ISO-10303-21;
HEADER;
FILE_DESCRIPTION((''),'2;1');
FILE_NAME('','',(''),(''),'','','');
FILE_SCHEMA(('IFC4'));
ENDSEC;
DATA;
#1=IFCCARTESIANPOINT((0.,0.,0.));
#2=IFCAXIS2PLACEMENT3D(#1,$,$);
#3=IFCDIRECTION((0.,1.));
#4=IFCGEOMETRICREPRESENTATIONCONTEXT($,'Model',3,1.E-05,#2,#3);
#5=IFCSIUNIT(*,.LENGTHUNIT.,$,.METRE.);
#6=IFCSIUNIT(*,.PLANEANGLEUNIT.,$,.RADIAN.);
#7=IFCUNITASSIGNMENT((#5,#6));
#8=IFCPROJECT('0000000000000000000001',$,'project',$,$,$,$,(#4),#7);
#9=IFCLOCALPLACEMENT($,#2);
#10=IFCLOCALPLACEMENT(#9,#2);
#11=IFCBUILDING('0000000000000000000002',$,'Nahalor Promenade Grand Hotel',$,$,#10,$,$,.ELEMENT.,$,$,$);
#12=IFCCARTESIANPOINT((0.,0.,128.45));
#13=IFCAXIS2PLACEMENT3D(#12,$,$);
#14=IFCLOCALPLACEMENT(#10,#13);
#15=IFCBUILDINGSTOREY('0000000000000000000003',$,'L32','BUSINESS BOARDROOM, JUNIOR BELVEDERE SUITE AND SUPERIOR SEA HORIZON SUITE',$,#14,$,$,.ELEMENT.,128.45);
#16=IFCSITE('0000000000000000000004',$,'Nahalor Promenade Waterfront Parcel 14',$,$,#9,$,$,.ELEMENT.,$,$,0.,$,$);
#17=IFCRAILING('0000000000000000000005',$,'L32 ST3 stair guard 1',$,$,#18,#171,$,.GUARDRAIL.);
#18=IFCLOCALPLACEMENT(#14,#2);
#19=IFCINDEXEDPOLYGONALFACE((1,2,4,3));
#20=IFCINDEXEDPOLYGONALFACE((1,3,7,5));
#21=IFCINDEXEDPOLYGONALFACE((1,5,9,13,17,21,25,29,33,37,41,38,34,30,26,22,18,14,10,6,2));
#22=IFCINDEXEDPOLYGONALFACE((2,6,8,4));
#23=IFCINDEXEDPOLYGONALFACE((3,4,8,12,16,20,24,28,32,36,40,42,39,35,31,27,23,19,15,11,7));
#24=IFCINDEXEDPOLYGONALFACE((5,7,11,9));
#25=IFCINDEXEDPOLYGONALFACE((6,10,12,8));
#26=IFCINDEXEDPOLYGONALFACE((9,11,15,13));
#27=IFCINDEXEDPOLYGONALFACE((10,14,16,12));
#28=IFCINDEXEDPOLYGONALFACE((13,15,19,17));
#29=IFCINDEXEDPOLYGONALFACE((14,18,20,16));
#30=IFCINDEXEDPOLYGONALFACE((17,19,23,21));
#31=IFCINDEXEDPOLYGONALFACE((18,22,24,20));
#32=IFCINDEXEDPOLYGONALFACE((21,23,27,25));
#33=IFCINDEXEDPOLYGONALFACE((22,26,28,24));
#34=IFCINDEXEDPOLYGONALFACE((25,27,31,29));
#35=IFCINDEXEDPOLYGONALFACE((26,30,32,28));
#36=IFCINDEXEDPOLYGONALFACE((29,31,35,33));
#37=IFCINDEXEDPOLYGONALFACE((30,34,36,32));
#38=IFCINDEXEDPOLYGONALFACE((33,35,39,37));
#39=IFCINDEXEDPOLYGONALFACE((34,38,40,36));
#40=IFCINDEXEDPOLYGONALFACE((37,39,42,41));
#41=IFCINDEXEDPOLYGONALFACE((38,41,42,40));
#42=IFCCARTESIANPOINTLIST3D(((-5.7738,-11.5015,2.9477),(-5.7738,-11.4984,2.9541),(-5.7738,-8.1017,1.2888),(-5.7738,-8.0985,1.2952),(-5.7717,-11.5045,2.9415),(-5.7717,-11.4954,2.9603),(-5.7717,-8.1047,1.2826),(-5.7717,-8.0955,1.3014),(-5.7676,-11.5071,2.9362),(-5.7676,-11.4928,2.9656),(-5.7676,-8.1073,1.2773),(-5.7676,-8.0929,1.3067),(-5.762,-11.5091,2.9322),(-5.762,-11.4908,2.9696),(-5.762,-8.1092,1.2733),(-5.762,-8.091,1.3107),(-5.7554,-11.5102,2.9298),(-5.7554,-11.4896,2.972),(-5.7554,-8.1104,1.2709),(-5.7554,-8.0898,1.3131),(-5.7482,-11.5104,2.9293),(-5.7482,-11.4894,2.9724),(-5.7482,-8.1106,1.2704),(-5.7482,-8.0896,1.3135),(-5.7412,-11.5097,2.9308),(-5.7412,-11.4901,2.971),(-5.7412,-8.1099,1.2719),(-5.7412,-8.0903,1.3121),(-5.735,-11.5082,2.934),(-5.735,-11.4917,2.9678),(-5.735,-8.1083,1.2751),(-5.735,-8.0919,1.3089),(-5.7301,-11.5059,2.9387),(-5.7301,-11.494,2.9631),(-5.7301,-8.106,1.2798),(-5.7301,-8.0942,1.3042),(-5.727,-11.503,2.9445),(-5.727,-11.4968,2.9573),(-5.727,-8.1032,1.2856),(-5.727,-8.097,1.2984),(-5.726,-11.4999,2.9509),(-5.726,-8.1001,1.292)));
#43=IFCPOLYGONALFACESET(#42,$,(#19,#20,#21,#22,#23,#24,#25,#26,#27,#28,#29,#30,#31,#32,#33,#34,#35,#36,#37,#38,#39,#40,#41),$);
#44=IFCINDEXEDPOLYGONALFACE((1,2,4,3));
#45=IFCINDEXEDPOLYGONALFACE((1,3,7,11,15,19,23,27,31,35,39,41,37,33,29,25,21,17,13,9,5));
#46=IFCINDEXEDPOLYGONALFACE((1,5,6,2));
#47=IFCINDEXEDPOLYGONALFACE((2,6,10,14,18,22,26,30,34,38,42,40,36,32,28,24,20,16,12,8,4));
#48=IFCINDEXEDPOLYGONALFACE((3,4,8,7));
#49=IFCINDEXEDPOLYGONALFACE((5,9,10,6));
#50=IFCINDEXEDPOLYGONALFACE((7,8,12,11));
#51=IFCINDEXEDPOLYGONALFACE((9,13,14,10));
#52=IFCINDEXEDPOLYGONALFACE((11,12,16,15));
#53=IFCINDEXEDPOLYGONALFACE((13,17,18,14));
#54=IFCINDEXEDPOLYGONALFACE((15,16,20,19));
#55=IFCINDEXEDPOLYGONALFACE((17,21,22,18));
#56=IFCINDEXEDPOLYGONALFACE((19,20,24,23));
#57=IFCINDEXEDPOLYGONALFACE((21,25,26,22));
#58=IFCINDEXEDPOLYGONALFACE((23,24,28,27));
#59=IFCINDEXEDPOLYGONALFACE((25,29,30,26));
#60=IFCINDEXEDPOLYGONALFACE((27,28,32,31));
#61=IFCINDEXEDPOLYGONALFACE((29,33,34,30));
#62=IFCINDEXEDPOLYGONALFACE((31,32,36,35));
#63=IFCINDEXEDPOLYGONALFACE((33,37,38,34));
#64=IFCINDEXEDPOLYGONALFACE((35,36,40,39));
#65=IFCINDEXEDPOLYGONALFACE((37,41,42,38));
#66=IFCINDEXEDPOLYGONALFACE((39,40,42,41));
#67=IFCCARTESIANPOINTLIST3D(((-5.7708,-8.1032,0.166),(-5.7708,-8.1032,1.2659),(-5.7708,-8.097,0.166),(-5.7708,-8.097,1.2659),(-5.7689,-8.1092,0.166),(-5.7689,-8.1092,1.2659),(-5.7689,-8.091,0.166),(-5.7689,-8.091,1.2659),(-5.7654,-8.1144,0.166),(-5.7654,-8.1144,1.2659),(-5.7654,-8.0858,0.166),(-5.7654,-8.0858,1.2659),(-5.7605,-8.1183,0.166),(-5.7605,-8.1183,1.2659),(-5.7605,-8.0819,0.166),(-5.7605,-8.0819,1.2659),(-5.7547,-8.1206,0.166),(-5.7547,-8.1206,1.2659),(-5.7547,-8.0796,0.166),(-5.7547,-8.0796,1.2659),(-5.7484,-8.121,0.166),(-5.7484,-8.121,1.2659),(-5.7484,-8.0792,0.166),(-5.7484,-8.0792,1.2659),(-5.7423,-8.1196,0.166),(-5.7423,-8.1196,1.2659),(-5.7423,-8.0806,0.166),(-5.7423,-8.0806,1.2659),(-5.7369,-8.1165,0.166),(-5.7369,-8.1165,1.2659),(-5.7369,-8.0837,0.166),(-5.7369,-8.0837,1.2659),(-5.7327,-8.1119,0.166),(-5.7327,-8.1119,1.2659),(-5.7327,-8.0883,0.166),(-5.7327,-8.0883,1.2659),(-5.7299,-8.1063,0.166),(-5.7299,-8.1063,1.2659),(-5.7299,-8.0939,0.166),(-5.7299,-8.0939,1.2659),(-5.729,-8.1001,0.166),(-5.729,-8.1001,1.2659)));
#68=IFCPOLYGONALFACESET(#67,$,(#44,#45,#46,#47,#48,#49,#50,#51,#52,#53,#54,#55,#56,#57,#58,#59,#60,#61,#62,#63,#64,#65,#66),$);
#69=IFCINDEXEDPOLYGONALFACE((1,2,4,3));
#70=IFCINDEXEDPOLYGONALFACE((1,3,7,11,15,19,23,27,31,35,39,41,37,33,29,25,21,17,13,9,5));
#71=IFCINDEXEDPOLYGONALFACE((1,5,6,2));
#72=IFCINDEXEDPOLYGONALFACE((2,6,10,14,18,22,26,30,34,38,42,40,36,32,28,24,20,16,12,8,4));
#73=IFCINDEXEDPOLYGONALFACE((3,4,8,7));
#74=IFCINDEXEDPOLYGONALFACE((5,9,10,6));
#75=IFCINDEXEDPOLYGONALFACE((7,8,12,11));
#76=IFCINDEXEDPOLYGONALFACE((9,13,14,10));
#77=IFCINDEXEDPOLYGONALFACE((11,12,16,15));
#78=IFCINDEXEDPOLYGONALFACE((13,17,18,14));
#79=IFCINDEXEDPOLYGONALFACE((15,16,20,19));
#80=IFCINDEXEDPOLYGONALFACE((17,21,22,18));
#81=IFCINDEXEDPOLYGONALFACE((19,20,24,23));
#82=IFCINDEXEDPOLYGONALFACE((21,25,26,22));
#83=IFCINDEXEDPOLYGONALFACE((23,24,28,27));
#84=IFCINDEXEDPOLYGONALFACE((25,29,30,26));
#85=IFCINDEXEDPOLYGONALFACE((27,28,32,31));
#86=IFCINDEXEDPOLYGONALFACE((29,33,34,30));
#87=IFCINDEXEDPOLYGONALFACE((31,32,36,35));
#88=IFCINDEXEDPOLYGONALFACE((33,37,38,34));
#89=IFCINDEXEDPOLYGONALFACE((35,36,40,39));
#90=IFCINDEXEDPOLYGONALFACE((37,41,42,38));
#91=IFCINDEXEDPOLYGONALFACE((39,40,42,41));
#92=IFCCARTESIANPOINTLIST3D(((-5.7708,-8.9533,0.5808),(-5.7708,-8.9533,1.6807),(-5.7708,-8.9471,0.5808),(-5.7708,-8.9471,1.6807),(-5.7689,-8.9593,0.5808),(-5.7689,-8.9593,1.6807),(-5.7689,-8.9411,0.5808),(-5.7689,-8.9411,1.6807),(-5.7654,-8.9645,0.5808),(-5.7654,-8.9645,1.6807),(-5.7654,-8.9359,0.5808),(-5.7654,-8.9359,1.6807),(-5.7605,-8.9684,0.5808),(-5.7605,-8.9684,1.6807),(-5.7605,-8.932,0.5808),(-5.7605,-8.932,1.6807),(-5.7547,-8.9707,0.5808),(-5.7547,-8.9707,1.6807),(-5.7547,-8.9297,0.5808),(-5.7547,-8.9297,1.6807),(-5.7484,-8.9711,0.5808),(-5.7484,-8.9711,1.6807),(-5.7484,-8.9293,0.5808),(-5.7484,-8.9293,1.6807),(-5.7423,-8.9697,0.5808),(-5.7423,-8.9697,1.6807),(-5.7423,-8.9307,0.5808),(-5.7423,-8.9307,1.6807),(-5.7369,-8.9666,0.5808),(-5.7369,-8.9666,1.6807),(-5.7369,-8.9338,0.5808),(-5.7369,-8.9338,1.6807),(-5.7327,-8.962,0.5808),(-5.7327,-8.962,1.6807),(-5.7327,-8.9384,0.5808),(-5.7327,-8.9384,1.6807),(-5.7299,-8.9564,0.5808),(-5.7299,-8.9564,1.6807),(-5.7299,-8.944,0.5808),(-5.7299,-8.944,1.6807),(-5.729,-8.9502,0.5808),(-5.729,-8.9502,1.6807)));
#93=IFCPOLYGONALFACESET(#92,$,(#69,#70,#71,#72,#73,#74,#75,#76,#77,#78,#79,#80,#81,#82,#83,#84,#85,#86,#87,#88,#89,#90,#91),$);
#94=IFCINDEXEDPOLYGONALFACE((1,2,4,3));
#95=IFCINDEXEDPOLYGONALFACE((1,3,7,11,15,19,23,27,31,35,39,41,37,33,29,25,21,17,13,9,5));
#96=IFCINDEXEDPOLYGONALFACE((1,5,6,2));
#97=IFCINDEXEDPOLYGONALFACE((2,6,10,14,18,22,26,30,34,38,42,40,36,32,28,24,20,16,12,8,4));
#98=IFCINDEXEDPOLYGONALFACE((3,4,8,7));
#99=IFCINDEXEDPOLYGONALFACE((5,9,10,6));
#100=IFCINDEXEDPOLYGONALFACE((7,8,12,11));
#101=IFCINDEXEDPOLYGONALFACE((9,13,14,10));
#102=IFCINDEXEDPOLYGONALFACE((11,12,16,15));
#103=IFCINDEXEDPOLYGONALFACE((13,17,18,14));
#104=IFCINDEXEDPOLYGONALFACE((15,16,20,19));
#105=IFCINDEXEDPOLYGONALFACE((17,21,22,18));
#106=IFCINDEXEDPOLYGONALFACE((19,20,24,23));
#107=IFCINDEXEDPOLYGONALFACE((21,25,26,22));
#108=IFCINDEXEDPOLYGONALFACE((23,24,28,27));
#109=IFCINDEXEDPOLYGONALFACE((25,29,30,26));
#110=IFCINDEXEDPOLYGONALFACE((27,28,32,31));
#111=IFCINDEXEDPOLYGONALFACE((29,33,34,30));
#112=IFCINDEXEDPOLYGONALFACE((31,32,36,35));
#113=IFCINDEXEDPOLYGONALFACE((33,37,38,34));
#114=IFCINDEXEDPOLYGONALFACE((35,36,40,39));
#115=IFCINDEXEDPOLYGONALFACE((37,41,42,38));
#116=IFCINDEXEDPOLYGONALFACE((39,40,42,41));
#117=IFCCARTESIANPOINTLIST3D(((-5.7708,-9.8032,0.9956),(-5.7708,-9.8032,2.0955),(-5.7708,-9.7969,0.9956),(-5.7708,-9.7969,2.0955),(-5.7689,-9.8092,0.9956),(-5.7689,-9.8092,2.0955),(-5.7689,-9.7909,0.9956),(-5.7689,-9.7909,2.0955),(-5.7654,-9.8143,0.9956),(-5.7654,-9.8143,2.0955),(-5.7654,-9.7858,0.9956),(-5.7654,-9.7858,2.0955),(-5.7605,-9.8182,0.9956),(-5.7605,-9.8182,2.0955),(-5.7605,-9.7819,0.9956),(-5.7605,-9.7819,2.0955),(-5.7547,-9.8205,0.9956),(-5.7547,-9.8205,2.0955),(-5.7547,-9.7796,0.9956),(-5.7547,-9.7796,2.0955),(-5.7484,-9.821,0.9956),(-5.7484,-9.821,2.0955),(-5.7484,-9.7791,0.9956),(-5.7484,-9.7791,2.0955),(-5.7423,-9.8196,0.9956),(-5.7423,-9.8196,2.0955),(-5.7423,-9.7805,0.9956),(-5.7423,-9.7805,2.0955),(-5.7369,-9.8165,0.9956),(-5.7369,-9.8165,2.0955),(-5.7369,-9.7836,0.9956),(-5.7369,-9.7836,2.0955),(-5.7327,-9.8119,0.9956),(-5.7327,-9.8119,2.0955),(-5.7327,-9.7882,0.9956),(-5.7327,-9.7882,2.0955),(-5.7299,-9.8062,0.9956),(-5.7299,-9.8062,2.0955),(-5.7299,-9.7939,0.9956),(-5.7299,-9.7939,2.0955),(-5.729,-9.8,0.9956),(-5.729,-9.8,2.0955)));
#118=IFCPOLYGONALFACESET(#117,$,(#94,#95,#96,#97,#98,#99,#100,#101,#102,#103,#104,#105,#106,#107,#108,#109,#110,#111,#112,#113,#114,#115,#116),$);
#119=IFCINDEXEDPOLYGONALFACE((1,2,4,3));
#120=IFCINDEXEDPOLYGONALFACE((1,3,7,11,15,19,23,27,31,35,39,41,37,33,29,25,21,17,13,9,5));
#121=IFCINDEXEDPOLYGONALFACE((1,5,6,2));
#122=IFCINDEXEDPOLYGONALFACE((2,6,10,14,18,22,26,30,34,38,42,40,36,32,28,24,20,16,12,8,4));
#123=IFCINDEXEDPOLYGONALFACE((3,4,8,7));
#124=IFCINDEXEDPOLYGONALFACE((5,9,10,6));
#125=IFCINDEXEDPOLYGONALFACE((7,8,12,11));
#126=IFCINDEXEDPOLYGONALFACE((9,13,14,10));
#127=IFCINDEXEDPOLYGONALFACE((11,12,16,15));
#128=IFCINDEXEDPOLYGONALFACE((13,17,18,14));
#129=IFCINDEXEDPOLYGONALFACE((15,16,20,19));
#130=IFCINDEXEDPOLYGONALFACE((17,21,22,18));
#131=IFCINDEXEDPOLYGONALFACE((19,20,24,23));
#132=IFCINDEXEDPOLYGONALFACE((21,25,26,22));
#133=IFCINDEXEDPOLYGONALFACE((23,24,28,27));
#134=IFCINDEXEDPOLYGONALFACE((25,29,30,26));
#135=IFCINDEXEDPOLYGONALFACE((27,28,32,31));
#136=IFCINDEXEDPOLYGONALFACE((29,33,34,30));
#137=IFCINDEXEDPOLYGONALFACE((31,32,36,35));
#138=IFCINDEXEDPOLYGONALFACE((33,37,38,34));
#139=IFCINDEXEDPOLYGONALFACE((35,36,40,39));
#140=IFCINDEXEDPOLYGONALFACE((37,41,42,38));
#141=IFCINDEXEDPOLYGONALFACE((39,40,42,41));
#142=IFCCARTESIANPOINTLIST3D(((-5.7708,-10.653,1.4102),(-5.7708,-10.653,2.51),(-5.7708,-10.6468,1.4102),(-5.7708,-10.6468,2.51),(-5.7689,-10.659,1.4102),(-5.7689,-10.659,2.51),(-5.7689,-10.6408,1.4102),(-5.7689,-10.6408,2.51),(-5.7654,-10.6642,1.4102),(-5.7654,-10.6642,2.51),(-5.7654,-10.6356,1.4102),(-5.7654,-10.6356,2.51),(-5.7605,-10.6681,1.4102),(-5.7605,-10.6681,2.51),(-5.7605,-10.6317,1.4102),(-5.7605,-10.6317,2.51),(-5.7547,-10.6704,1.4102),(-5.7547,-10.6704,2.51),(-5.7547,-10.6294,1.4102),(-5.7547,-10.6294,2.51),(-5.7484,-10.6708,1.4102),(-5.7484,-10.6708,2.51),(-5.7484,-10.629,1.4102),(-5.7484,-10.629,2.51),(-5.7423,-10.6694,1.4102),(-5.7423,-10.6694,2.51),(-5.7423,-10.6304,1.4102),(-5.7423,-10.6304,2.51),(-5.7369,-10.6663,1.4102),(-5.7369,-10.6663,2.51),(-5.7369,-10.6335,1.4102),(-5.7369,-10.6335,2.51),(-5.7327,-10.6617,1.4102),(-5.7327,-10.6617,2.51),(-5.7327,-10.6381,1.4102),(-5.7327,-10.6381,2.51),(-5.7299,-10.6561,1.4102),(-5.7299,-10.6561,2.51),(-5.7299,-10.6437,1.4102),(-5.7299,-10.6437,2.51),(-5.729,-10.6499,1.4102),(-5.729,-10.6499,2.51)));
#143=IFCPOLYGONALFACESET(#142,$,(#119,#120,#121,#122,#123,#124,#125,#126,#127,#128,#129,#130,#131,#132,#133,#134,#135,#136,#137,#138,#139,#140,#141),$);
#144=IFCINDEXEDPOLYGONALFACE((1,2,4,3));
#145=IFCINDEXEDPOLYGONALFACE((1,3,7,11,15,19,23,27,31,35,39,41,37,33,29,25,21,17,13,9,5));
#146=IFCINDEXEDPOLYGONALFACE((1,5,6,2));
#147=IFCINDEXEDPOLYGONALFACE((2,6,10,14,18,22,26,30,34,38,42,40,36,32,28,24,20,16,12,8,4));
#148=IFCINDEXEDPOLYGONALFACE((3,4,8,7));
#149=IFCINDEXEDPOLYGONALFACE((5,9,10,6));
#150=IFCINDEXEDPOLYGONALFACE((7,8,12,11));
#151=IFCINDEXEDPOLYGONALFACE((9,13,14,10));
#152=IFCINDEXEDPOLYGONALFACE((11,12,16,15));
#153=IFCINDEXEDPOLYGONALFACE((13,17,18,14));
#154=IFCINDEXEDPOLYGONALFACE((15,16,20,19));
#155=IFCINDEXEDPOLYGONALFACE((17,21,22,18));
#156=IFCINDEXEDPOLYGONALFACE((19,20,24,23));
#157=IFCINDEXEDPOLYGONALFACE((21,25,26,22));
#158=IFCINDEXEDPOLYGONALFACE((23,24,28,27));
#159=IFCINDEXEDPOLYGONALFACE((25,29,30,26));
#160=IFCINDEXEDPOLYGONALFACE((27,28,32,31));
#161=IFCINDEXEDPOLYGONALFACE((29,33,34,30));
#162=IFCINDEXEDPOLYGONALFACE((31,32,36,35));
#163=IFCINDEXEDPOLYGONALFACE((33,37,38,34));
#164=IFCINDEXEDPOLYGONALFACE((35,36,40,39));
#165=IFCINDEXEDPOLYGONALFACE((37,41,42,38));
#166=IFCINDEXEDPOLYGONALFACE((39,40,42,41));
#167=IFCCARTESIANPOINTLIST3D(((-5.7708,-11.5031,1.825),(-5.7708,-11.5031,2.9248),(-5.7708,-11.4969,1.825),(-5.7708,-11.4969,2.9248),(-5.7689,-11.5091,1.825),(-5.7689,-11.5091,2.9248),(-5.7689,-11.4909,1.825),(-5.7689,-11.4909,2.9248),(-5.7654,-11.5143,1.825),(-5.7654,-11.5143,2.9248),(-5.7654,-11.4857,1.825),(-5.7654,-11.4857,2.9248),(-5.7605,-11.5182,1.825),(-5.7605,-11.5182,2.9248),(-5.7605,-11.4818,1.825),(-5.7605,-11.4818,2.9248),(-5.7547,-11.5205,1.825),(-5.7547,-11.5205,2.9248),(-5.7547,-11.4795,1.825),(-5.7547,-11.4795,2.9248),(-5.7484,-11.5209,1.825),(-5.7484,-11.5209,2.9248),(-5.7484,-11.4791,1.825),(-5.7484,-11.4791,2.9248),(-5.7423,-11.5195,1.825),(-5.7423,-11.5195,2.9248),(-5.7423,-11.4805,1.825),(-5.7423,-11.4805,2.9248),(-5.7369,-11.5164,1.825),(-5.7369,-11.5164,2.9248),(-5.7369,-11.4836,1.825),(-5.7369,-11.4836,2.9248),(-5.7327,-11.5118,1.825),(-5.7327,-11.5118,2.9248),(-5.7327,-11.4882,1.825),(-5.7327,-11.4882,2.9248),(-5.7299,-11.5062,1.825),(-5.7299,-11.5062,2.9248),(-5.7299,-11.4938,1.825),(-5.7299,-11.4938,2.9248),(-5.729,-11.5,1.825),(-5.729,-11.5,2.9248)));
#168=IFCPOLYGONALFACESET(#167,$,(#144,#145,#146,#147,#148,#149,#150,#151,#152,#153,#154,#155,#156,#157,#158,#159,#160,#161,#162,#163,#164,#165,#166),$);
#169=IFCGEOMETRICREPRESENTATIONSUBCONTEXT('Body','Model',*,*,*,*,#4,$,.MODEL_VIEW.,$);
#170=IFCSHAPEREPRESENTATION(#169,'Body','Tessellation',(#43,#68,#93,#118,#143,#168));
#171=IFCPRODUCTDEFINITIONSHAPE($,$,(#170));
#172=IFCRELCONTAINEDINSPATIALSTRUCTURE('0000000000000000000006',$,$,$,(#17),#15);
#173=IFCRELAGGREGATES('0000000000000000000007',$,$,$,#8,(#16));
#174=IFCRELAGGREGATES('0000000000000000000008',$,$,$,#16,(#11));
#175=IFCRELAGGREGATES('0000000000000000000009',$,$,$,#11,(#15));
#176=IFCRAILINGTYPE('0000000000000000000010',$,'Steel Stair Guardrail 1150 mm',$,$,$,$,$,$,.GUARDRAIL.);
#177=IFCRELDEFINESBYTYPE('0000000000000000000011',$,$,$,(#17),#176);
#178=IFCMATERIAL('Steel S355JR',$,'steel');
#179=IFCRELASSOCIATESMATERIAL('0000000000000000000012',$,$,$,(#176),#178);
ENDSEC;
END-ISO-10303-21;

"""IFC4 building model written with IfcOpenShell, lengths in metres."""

from ifc_helpers import new_model, si_unit, direction, frame, origin, origin_2d, place, context, subcontext, project, spatial, circle, extrude, material, type_object, element, save


model = new_model("IFC4")

# Units and contexts
model_context = context("Model", 3, precision=1e-05, world=origin(), true_north=direction((0.0, 1.0)))
body_context = subcontext(model_context, "Body", "Model", "MODEL_VIEW")
ifc_project = project(units=[si_unit("LENGTHUNIT", "METRE"), si_unit("PLANEANGLEUNIT", "RADIAN")], contexts=[model_context])

# Site, building, storey
site_placement = place(None, origin())
site = spatial("IfcSite", under=ifc_project, at=site_placement, Name="Nahalor Promenade Waterfront Parcel 14", CompositionType="ELEMENT", RefElevation=0.0)
building_placement = place(site_placement, origin())
building = spatial("IfcBuilding", under=site, at=building_placement, Name="Nahalor Promenade Grand Hotel", CompositionType="ELEMENT")
storey_placement = place(building_placement, frame((0.0, 0.0, 128.45)))
storey = spatial("IfcBuildingStorey", under=building, at=storey_placement, Name="L32", Description="BUSINESS BOARDROOM, JUNIOR BELVEDERE SUITE AND SUPERIOR SEA HORIZON SUITE", CompositionType="ELEMENT", Elevation=128.45)

# Shared definitions
ifc_material_1 = material(Name="Steel S355JR", Category="steel")

# Railing
railing_type_1 = type_object("IfcRailingType", Name="Steel Stair Guardrail 1150 mm", PredefinedType="GUARDRAIL", material=ifc_material_1)
railing_1_placement = place(storey_placement, frame((-5.75, -8.1001, 0.166)))
element("IfcRailing", 1, at=railing_1_placement, inside=storey, type_object=railing_type_1, Name="L32 ST3 stair guard 1", PredefinedType="GUARDRAIL", context=body_context, shape_type="SweptSolid", body=[
    extrude(circle(Radius=0.024, at=origin_2d()), frame((0.0, 0.0, 1.126), z_axis=(0.0, -0.898722, 0.438519), x_axis=(1.0, 0.0, 0.0)), (0.0, 0.0, 1.0), 3.783),
    extrude(circle(Radius=0.021, at=origin_2d()), origin(), (0.0, 0.0, 1.0), 1.0999),
    extrude(circle(Radius=0.021, at=origin_2d()), frame((0.0, -0.8501, 0.4148)), (0.0, 0.0, 1.0), 1.0999),
    extrude(circle(Radius=0.021, at=origin_2d()), frame((0.0, -1.7, 0.8296)), (0.0, 0.0, 1.0), 1.0999),
    extrude(circle(Radius=0.021, at=origin_2d()), frame((0.0, -2.5498, 1.2441)), (0.0, 0.0, 1.0), 1.0999),
    extrude(circle(Radius=0.021, at=origin_2d()), frame((0.0, -3.3999, 1.6589)), (0.0, 0.0, 1.0), 1.0999),
])

save(model, "model.ifc")
